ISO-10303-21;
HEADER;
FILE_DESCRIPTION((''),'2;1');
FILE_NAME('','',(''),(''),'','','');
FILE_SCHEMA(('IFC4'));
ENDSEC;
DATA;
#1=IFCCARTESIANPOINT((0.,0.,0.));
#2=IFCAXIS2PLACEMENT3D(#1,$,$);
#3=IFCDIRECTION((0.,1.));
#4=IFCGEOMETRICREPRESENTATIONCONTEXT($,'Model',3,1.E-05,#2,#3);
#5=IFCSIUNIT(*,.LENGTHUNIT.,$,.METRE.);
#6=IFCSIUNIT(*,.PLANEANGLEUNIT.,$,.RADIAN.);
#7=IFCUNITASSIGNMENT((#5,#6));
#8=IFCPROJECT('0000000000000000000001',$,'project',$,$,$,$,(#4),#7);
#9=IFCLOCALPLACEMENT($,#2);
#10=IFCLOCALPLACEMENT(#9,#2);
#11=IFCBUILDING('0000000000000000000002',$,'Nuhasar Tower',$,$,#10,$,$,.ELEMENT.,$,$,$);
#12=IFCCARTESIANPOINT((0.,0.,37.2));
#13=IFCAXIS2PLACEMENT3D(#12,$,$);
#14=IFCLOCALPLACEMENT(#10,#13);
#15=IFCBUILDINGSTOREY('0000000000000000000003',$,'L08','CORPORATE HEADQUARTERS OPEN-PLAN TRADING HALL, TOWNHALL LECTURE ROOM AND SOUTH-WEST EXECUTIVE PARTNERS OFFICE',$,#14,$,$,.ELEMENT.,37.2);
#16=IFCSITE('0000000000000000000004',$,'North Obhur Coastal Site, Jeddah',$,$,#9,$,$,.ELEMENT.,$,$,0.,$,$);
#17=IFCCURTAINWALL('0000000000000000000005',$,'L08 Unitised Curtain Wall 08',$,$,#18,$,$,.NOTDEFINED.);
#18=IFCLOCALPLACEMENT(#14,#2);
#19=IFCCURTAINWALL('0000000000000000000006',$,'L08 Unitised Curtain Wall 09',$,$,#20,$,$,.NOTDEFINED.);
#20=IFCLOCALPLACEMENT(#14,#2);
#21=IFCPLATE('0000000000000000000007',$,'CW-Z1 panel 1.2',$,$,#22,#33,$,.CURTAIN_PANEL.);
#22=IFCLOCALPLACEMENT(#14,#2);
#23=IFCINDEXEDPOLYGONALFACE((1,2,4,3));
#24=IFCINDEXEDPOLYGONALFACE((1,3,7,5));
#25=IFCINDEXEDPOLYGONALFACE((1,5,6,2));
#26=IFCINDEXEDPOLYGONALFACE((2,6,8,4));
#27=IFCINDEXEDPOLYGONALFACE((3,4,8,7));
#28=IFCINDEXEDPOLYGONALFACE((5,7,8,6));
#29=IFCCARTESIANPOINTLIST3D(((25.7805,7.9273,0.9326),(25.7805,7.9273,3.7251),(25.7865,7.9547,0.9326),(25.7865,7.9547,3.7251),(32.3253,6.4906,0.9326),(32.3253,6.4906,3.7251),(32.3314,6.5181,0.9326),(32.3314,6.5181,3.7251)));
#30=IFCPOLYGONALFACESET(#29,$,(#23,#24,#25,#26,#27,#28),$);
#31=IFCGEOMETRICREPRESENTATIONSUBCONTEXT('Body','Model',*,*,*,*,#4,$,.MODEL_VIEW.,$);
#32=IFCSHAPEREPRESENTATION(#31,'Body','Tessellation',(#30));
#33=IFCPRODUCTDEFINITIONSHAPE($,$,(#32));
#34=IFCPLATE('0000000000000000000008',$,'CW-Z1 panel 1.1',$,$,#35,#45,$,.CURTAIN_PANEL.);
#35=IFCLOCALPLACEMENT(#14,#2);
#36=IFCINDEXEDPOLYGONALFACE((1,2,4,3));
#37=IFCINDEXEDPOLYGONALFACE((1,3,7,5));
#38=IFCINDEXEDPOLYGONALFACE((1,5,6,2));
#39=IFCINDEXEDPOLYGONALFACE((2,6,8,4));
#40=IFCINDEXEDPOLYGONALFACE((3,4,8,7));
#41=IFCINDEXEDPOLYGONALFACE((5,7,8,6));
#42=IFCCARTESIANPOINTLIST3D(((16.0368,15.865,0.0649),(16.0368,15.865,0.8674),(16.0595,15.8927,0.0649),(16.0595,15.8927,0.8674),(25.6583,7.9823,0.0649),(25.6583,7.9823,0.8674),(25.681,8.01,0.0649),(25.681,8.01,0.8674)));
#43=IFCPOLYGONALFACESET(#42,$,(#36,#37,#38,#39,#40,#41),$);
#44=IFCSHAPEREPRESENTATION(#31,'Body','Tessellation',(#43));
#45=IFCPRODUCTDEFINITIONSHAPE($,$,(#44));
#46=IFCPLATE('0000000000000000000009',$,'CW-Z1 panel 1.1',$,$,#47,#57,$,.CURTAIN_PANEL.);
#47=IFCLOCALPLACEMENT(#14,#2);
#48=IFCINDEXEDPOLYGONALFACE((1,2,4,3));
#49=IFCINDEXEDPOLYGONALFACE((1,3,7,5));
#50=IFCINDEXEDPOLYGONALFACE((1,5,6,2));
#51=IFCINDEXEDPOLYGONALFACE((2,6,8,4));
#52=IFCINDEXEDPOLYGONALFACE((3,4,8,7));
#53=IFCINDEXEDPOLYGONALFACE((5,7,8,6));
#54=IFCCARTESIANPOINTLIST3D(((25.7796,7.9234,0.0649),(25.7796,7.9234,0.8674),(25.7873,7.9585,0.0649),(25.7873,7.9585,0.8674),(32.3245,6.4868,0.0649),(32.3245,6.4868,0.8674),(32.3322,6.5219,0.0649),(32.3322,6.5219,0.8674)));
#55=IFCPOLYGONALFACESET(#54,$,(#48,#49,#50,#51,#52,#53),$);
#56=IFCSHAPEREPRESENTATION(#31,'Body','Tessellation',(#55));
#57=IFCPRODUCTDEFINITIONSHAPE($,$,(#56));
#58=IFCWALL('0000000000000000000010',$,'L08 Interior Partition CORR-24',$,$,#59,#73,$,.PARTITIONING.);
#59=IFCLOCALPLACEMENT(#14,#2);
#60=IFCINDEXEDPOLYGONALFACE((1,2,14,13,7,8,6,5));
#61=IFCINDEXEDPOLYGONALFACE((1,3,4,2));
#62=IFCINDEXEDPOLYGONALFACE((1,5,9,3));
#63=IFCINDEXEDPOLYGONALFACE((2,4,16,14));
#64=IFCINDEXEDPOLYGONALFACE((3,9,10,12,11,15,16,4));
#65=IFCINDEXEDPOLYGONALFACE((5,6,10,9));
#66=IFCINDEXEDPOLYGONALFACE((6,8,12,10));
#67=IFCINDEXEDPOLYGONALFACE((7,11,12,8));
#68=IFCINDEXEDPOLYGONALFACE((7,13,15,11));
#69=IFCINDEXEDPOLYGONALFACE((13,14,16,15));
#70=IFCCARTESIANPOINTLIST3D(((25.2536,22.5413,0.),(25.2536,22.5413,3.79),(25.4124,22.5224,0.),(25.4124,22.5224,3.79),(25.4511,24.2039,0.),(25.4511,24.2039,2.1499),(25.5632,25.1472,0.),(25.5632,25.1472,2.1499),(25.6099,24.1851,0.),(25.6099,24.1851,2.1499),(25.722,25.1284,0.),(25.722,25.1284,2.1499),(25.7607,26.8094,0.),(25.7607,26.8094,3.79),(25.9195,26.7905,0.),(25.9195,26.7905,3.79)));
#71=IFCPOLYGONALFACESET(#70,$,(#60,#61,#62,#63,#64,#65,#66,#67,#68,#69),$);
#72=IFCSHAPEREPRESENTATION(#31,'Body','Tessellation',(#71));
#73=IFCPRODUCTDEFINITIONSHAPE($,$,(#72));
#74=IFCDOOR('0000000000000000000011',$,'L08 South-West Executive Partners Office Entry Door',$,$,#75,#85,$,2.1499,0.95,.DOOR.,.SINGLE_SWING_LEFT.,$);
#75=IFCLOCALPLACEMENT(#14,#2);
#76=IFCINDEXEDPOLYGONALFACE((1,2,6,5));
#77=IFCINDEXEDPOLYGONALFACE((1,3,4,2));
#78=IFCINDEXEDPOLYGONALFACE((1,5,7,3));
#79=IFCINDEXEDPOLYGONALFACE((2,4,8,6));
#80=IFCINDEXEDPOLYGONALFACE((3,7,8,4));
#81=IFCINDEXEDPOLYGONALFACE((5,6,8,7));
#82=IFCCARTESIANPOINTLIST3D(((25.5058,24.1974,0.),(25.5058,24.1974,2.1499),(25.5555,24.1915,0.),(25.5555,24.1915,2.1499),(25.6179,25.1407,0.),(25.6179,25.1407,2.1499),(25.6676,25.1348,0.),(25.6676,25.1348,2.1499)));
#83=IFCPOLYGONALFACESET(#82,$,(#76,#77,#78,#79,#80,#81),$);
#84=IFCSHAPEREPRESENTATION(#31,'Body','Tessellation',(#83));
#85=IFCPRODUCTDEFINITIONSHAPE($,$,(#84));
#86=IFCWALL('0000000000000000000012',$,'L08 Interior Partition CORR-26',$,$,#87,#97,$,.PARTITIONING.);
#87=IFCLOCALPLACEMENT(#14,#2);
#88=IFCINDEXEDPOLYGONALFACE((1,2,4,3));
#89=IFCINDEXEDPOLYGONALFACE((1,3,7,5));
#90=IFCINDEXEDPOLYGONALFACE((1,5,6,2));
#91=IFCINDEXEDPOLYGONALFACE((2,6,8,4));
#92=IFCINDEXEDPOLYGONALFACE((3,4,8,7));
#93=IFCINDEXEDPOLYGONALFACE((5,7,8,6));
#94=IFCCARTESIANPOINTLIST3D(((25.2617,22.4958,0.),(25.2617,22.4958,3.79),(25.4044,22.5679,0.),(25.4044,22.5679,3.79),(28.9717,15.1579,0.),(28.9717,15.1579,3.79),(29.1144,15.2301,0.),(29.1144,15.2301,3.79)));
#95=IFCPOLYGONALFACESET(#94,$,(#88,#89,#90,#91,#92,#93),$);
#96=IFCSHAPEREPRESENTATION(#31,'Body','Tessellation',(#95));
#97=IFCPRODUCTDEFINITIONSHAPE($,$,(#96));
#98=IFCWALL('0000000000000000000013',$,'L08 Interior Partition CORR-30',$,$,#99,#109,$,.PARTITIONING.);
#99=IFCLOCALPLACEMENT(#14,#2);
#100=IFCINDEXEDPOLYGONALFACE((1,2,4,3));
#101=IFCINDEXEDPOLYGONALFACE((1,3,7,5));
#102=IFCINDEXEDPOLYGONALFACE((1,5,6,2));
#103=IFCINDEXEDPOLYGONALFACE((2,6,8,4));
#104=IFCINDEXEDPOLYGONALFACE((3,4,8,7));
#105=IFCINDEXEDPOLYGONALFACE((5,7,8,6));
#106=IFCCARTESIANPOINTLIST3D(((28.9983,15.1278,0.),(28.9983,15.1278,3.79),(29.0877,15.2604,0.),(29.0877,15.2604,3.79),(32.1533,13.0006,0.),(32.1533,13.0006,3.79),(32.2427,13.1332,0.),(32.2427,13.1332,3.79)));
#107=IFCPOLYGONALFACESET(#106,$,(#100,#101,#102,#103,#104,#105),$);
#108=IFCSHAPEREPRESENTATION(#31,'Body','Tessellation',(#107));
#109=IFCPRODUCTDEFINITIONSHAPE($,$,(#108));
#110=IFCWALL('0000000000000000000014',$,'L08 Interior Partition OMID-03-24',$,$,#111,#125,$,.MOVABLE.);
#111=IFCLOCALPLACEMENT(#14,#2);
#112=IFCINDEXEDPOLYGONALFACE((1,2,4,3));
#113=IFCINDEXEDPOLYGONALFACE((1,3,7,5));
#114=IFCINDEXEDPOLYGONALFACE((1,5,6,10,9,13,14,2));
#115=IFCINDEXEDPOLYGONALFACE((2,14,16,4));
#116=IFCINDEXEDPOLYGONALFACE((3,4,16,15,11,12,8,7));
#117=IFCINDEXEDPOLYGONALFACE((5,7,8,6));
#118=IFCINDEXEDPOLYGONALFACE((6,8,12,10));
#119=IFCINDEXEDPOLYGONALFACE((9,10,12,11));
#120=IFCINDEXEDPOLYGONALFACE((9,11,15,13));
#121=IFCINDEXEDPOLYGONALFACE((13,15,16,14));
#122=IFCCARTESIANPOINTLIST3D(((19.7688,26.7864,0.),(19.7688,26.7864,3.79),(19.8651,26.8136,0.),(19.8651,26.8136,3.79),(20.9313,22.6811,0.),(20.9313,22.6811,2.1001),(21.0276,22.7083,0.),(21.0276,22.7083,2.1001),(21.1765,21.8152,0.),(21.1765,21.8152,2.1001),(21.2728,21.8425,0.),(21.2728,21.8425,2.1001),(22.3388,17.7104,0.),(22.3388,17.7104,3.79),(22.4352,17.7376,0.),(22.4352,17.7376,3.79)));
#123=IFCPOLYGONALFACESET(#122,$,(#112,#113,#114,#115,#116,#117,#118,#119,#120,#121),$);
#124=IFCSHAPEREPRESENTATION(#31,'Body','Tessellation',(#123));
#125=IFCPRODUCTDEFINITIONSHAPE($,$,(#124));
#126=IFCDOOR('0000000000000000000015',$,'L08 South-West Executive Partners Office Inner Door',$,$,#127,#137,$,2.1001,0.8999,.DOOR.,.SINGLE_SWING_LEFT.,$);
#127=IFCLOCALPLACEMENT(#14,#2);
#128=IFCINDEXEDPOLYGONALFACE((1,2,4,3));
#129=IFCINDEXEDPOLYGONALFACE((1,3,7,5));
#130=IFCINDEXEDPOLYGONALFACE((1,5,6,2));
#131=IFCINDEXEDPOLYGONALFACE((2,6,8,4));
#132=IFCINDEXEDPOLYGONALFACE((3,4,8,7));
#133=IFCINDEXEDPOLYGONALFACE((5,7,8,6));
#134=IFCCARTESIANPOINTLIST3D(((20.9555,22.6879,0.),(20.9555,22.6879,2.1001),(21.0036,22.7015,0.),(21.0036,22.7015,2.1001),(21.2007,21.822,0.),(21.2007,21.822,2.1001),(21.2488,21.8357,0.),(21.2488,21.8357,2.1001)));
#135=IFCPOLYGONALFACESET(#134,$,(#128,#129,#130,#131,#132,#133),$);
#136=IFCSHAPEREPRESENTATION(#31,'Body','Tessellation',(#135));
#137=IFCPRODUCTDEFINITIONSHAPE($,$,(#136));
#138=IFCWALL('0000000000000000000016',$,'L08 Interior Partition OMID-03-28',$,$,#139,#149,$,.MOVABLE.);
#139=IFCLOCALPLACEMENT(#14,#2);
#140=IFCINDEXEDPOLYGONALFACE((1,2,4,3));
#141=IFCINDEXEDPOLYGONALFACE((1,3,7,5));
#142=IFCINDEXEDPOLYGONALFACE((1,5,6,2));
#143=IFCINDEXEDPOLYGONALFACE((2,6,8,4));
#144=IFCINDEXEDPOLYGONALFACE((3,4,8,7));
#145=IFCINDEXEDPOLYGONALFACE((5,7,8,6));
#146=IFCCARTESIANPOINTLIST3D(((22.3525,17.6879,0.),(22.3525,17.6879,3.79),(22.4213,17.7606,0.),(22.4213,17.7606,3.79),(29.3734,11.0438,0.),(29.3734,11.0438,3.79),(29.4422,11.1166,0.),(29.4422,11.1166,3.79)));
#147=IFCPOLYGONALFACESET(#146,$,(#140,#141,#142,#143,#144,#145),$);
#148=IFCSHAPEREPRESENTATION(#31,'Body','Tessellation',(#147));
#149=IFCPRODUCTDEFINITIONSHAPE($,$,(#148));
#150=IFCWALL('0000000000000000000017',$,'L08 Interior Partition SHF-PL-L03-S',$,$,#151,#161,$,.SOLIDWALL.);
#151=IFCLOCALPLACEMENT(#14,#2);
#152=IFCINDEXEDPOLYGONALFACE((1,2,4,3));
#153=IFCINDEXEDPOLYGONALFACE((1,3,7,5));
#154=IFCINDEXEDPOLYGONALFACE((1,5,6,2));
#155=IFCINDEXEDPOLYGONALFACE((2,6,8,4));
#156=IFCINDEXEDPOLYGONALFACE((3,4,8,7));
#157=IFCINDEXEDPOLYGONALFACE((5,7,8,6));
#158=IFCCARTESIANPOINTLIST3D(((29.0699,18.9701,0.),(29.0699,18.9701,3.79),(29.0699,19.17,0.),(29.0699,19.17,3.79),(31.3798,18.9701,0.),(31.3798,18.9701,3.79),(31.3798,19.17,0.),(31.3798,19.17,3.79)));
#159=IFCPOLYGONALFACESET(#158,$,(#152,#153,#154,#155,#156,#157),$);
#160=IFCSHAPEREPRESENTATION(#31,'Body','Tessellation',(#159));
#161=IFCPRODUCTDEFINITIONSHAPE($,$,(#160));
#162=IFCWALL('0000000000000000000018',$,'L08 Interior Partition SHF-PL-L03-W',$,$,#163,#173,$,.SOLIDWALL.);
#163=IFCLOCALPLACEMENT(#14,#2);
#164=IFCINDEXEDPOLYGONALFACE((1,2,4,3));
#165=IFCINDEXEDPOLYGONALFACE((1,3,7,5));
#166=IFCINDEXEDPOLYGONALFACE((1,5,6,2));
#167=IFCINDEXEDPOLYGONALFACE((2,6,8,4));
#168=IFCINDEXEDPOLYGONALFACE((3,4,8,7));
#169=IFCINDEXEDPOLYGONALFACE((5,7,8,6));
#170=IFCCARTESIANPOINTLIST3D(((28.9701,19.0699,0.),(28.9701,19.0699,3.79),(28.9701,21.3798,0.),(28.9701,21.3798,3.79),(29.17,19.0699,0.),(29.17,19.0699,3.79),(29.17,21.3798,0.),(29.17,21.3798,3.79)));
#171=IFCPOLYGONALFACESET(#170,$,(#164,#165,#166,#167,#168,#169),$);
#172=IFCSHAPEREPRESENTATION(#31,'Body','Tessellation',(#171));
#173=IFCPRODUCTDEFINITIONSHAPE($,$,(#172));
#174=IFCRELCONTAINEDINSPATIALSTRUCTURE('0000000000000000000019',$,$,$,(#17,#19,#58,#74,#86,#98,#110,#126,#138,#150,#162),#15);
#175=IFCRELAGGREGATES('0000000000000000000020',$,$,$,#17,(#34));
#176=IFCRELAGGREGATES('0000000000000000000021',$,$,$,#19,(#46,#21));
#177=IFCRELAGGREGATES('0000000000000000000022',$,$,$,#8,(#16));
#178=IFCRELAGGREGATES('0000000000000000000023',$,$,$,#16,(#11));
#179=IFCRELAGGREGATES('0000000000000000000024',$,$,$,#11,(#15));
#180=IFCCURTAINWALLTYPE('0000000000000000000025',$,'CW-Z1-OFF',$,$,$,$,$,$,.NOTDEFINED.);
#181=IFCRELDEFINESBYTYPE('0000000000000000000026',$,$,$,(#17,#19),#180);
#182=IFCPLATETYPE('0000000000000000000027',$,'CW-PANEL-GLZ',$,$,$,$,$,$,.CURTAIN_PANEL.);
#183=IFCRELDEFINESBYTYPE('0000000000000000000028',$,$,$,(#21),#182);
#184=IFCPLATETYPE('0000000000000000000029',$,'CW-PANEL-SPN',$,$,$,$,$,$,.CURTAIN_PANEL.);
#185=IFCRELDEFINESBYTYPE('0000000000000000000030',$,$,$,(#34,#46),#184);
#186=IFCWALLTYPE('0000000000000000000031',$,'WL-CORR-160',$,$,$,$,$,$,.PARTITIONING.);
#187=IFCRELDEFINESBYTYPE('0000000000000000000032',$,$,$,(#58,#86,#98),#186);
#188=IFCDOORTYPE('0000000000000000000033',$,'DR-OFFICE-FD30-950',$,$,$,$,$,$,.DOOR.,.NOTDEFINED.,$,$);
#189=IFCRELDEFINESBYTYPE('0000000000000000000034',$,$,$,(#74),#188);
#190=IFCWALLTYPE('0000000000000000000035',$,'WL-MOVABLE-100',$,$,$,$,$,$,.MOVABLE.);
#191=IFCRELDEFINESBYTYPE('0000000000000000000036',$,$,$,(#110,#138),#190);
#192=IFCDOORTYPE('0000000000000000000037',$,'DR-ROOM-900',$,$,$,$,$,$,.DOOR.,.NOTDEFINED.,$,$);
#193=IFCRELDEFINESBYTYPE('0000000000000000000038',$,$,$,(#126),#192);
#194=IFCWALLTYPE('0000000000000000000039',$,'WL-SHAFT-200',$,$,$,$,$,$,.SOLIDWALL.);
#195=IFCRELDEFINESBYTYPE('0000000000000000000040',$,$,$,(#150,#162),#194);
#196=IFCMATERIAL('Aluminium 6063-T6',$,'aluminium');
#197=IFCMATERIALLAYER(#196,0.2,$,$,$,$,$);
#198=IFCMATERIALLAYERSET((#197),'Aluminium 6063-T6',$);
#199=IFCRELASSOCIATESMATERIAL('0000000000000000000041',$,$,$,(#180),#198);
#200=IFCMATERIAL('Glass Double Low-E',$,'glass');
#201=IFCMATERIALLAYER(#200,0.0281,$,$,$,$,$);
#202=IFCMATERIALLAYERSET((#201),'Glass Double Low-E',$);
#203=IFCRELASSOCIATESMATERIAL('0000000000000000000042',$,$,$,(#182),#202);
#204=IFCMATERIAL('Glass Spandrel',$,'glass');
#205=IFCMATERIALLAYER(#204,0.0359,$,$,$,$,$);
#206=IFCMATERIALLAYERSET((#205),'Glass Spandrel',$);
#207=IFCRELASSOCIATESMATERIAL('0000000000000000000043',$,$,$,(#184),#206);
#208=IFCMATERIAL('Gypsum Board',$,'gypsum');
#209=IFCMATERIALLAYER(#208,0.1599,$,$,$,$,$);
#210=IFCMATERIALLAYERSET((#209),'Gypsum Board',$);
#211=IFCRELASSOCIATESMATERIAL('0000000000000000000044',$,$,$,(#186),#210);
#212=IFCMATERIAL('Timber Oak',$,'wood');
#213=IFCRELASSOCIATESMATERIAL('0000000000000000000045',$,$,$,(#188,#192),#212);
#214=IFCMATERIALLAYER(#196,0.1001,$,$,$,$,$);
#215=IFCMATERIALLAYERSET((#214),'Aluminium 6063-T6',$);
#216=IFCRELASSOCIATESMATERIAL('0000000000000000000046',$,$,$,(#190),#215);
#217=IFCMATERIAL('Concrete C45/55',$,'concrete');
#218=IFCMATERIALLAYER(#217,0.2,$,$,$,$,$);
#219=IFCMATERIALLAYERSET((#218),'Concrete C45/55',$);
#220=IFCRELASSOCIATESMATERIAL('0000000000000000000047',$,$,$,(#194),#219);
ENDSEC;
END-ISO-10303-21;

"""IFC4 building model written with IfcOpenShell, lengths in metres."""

from ifc_helpers import new_model, si_unit, direction, frame, frame_2d, origin, origin_2d, place, context, subcontext, project, spatial, rectangle, extrude, material, layer, layer_set, type_object, element, fill, aggregate, save


model = new_model("IFC4")

# Units and contexts
model_context = context("Model", 3, precision=1e-05, world=origin(), true_north=direction((0.0, 1.0)))
body_context = subcontext(model_context, "Body", "Model", "MODEL_VIEW")
ifc_project = project(units=[si_unit("LENGTHUNIT", "METRE"), si_unit("PLANEANGLEUNIT", "RADIAN")], contexts=[model_context])

# Site, building, storey
site_placement = place(None, origin())
site = spatial("IfcSite", under=ifc_project, at=site_placement, Name="North Obhur Coastal Site, Jeddah", CompositionType="ELEMENT", RefElevation=0.0)
building_placement = place(site_placement, origin())
building = spatial("IfcBuilding", under=site, at=building_placement, Name="Nuhasar Tower", CompositionType="ELEMENT")
storey_placement = place(building_placement, frame((0.0, 0.0, 37.2)))
storey = spatial("IfcBuildingStorey", under=building, at=storey_placement, Name="L08", Description="CORPORATE HEADQUARTERS OPEN-PLAN TRADING HALL, TOWNHALL LECTURE ROOM AND SOUTH-WEST EXECUTIVE PARTNERS OFFICE", CompositionType="ELEMENT", Elevation=37.2)

# Curtain wall
ifc_material_1 = material(Name="Aluminium 6063-T6", Category="aluminium")
ifc_layer_1 = layer(ifc_material_1, 0.2)
ifc_layer_set_1 = layer_set([ifc_layer_1], Name="Aluminium 6063-T6")
curtain_wall_type = type_object("IfcCurtainWallType", Name="CW-Z1-OFF", PredefinedType="NOTDEFINED", material=ifc_layer_set_1)
curtain_wall_1_placement = place(storey_placement, origin())
curtain_wall_1 = element("IfcCurtainWall", 1, at=curtain_wall_1_placement, inside=storey, type_object=curtain_wall_type, Name="L08 Unitised Curtain Wall 08", PredefinedType="NOTDEFINED")

# Curtain wall
curtain_wall_2_placement = place(storey_placement, origin())
curtain_wall_2 = element("IfcCurtainWall", 2, at=curtain_wall_2_placement, inside=storey, type_object=curtain_wall_type, Name="L08 Unitised Curtain Wall 09", PredefinedType="NOTDEFINED")

# Plates
ifc_material_2 = material(Name="Glass Double Low-E", Category="glass")
ifc_layer_2 = layer(ifc_material_2, 0.0281)
ifc_layer_set_2 = layer_set([ifc_layer_2], Name="Glass Double Low-E")
plate_type_1 = type_object("IfcPlateType", Name="CW-PANEL-GLZ", PredefinedType="CURTAIN_PANEL", material=ifc_layer_set_2)
plate_1_placement = place(storey_placement, frame((29.0559, 7.2227, 0.9326), z_axis=(0.0, 0.0, 1.0), x_axis=(0.976746, -0.214399, 0.0)))
plate_1 = element("IfcPlate", 3, at=plate_1_placement, type_object=plate_type_1, Name="CW-Z1 panel 1.2", PredefinedType="CURTAIN_PANEL", context=body_context, shape_type="SweptSolid", body=[
    extrude(rectangle(XDim=6.7007, YDim=0.0281, at=origin_2d()), origin(), (0.0, 0.0, 1.0), 2.7925),
])
ifc_material_3 = material(Name="Glass Spandrel", Category="glass")
ifc_layer_3 = layer(ifc_material_3, 0.0359)
ifc_layer_set_3 = layer_set([ifc_layer_3], Name="Glass Spandrel")
plate_type_2 = type_object("IfcPlateType", Name="CW-PANEL-SPN", PredefinedType="CURTAIN_PANEL", material=ifc_layer_set_3)
plate_2_placement = place(storey_placement, frame((20.8589, 11.9375, 0.0649), z_axis=(0.0, 0.0, 1.0), x_axis=(0.773542, -0.633745, 0.0)))
plate_2 = element("IfcPlate", 4, at=plate_2_placement, type_object=plate_type_2, Name="CW-Z1 panel 1.1", PredefinedType="CURTAIN_PANEL", context=body_context, shape_type="SweptSolid", body=[
    extrude(rectangle(XDim=12.4382, YDim=0.0359, at=origin_2d()), origin(), (0.0, 0.0, 1.0), 0.8025),
])
aggregate(curtain_wall_1, [plate_2])
plate_3_placement = place(storey_placement, frame((29.0559, 7.2227, 0.0649), z_axis=(0.0, 0.0, 1.0), x_axis=(0.976746, -0.214399, 0.0)))
plate_3 = element("IfcPlate", 5, at=plate_3_placement, type_object=plate_type_2, Name="CW-Z1 panel 1.1", PredefinedType="CURTAIN_PANEL", context=body_context, shape_type="SweptSolid", body=[
    extrude(rectangle(XDim=6.7007, YDim=0.0359, at=origin_2d()), origin(), (0.0, 0.0, 1.0), 0.8025),
])
aggregate(curtain_wall_2, [plate_3, plate_1])

# Wall, opening, door
ifc_material_4 = material(Name="Gypsum Board", Category="gypsum")
ifc_layer_4 = layer(ifc_material_4, 0.1599)
ifc_layer_set_4 = layer_set([ifc_layer_4], Name="Gypsum Board")
wall_type_1 = type_object("IfcWallType", Name="WL-CORR-160", PredefinedType="PARTITIONING", material=ifc_layer_set_4)
wall_1_placement = place(storey_placement, frame((25.333, 22.532, 0.0), z_axis=(0.0, 0.0, 1.0), x_axis=(0.117978, 0.993016, 0.0)))
wall_1 = element("IfcWall", 6, at=wall_1_placement, inside=storey, type_object=wall_type_1, Name="L08 Interior Partition CORR-24", PredefinedType="PARTITIONING", context=body_context, shape_type="SweptSolid", body=[
    extrude(rectangle(XDim=4.2981, YDim=0.1599, at=frame_2d((2.1489, 0.0))), origin(), (0.0, 0.0, 1.0), 3.79),
])
opening_1_placement = place(wall_1_placement, frame((1.6741, 0.0, 0.0)))
opening_1 = element("IfcOpeningElement", 7, at=opening_1_placement, cuts=wall_1, PredefinedType="OPENING", context=body_context, shape_type="SweptSolid", body=[
    extrude(rectangle(XDim=0.95, YDim=2.1499, at=frame_2d((0.4751, 1.075))), frame((0.0, 0.0898, 0.0), z_axis=(0.0, -1.0, 0.0), x_axis=(1.0, 0.0, 0.0)), (0.0, 0.0, 1.0), 0.1799),
])
ifc_material_5 = material(Name="Timber Oak", Category="wood")
door_type_1 = type_object("IfcDoorType", Name="DR-OFFICE-FD30-950", OperationType="NOTDEFINED", PredefinedType="DOOR", material=ifc_material_5)
door_1_placement = place(opening_1_placement, origin())
door_1 = element("IfcDoor", 8, at=door_1_placement, inside=storey, type_object=door_type_1, Name="L08 South-West Executive Partners Office Entry Door", OperationType="SINGLE_SWING_LEFT", OverallHeight=2.1499, OverallWidth=0.95, PredefinedType="DOOR", context=body_context, shape_type="SweptSolid", body=[
    extrude(rectangle(XDim=0.95, YDim=2.1499, at=frame_2d((0.4751, 1.075))), frame((0.0, 0.0249, 0.0), z_axis=(0.0, -1.0, 0.0), x_axis=(1.0, 0.0, 0.0)), (0.0, 0.0, 1.0), 0.05),
])
fill(opening_1, door_1)

# Walls
wall_2_placement = place(storey_placement, frame((25.333, 22.532, 0.0), z_axis=(0.0, 0.0, 1.0), x_axis=(0.4512, -0.892423, 0.0)))
element("IfcWall", 9, at=wall_2_placement, inside=storey, type_object=wall_type_1, Name="L08 Interior Partition CORR-26", PredefinedType="PARTITIONING", context=body_context, shape_type="SweptSolid", body=[
    extrude(rectangle(XDim=8.2224, YDim=0.1599, at=frame_2d((4.1113, 0.0))), origin(), (0.0, 0.0, 1.0), 3.79),
])
wall_3_placement = place(storey_placement, frame((29.043, 15.1941, 0.0), z_axis=(0.0, 0.0, 1.0), x_axis=(0.829147, -0.559031, 0.0)))
element("IfcWall", 10, at=wall_3_placement, inside=storey, type_object=wall_type_1, Name="L08 Interior Partition CORR-30", PredefinedType="PARTITIONING", context=body_context, shape_type="SweptSolid", body=[
    extrude(rectangle(XDim=3.8052, YDim=0.1599, at=frame_2d((1.9026, 0.0))), origin(), (0.0, 0.0, 1.0), 3.79),
])

# Wall, opening, door
ifc_layer_5 = layer(ifc_material_1, 0.1001)
ifc_layer_set_5 = layer_set([ifc_layer_5], Name="Aluminium 6063-T6")
wall_type_2 = type_object("IfcWallType", Name="WL-MOVABLE-100", PredefinedType="MOVABLE", material=ifc_layer_set_5)
wall_4_placement = place(storey_placement, frame((22.387, 17.7241, 0.0), z_axis=(0.0, 0.0, 1.0), x_axis=(-0.272461, 0.962167, 0.0)))
wall_4 = element("IfcWall", 11, at=wall_4_placement, inside=storey, type_object=wall_type_2, Name="L08 Interior Partition OMID-03-24", PredefinedType="MOVABLE", context=body_context, shape_type="SweptSolid", body=[
    extrude(rectangle(XDim=9.4329, YDim=0.1001, at=frame_2d((4.7163, 0.0))), origin(), (0.0, 0.0, 1.0), 3.79),
])
opening_2_placement = place(wall_4_placement, frame((4.2661, 0.0, 0.0)))
opening_2 = element("IfcOpeningElement", 12, at=opening_2_placement, cuts=wall_4, PredefinedType="OPENING", context=body_context, shape_type="SweptSolid", body=[
    extrude(rectangle(XDim=0.8999, YDim=2.1001, at=frame_2d((0.45, 1.05))), frame((0.0, 0.0601, 0.0), z_axis=(0.0, -1.0, 0.0), x_axis=(1.0, 0.0, 0.0)), (0.0, 0.0, 1.0), 0.1201),
])
door_type_2 = type_object("IfcDoorType", Name="DR-ROOM-900", OperationType="NOTDEFINED", PredefinedType="DOOR", material=ifc_material_5)
door_2_placement = place(opening_2_placement, origin())
door_2 = element("IfcDoor", 13, at=door_2_placement, inside=storey, type_object=door_type_2, Name="L08 South-West Executive Partners Office Inner Door", OperationType="SINGLE_SWING_LEFT", OverallHeight=2.1001, OverallWidth=0.8999, PredefinedType="DOOR", context=body_context, shape_type="SweptSolid", body=[
    extrude(rectangle(XDim=0.8999, YDim=2.1001, at=frame_2d((0.45, 1.05))), frame((0.0, 0.0249, 0.0), z_axis=(0.0, -1.0, 0.0), x_axis=(1.0, 0.0, 0.0)), (0.0, 0.0, 1.0), 0.05),
])
fill(opening_2, door_2)

# Walls
wall_5_placement = place(storey_placement, frame((22.387, 17.7241, 0.0), z_axis=(0.0, 0.0, 1.0), x_axis=(0.726336, -0.68734, 0.0)))
element("IfcWall", 14, at=wall_5_placement, inside=storey, type_object=wall_type_2, Name="L08 Interior Partition OMID-03-28", PredefinedType="MOVABLE", context=body_context, shape_type="SweptSolid", body=[
    extrude(rectangle(XDim=9.6663, YDim=0.1001, at=frame_2d((4.833, 0.0))), origin(), (0.0, 0.0, 1.0), 3.79),
])
ifc_material_6 = material(Name="Concrete C45/55", Category="concrete")
ifc_layer_6 = layer(ifc_material_6, 0.2)
ifc_layer_set_6 = layer_set([ifc_layer_6], Name="Concrete C45/55")
wall_type_3 = type_object("IfcWallType", Name="WL-SHAFT-200", PredefinedType="SOLIDWALL", material=ifc_layer_set_6)
for number, where, z_axis, x_axis, name in (
    (15, (29.0701, 19.0701, 0.0), (0.0, 0.0, 1.0), (1.0, 0.0, 0.0), "L08 Interior Partition SHF-PL-L03-S"),
    (16, (29.0701, 19.0701, 0.0), (0.0, 0.0, 1.0), (0.0, 1.0, 0.0), "L08 Interior Partition SHF-PL-L03-W"),
):
    element("IfcWall", number, at=place(storey_placement, frame(where, z_axis=z_axis, x_axis=x_axis)), inside=storey, type_object=wall_type_3, Name=name, PredefinedType="SOLIDWALL", context=body_context, shape_type="SweptSolid", body=[
        extrude(rectangle(XDim=2.3098, YDim=0.2, at=frame_2d((1.1548, 0.0))), origin(), (0.0, 0.0, 1.0), 3.79),
    ])

save(model, "model.ifc")
